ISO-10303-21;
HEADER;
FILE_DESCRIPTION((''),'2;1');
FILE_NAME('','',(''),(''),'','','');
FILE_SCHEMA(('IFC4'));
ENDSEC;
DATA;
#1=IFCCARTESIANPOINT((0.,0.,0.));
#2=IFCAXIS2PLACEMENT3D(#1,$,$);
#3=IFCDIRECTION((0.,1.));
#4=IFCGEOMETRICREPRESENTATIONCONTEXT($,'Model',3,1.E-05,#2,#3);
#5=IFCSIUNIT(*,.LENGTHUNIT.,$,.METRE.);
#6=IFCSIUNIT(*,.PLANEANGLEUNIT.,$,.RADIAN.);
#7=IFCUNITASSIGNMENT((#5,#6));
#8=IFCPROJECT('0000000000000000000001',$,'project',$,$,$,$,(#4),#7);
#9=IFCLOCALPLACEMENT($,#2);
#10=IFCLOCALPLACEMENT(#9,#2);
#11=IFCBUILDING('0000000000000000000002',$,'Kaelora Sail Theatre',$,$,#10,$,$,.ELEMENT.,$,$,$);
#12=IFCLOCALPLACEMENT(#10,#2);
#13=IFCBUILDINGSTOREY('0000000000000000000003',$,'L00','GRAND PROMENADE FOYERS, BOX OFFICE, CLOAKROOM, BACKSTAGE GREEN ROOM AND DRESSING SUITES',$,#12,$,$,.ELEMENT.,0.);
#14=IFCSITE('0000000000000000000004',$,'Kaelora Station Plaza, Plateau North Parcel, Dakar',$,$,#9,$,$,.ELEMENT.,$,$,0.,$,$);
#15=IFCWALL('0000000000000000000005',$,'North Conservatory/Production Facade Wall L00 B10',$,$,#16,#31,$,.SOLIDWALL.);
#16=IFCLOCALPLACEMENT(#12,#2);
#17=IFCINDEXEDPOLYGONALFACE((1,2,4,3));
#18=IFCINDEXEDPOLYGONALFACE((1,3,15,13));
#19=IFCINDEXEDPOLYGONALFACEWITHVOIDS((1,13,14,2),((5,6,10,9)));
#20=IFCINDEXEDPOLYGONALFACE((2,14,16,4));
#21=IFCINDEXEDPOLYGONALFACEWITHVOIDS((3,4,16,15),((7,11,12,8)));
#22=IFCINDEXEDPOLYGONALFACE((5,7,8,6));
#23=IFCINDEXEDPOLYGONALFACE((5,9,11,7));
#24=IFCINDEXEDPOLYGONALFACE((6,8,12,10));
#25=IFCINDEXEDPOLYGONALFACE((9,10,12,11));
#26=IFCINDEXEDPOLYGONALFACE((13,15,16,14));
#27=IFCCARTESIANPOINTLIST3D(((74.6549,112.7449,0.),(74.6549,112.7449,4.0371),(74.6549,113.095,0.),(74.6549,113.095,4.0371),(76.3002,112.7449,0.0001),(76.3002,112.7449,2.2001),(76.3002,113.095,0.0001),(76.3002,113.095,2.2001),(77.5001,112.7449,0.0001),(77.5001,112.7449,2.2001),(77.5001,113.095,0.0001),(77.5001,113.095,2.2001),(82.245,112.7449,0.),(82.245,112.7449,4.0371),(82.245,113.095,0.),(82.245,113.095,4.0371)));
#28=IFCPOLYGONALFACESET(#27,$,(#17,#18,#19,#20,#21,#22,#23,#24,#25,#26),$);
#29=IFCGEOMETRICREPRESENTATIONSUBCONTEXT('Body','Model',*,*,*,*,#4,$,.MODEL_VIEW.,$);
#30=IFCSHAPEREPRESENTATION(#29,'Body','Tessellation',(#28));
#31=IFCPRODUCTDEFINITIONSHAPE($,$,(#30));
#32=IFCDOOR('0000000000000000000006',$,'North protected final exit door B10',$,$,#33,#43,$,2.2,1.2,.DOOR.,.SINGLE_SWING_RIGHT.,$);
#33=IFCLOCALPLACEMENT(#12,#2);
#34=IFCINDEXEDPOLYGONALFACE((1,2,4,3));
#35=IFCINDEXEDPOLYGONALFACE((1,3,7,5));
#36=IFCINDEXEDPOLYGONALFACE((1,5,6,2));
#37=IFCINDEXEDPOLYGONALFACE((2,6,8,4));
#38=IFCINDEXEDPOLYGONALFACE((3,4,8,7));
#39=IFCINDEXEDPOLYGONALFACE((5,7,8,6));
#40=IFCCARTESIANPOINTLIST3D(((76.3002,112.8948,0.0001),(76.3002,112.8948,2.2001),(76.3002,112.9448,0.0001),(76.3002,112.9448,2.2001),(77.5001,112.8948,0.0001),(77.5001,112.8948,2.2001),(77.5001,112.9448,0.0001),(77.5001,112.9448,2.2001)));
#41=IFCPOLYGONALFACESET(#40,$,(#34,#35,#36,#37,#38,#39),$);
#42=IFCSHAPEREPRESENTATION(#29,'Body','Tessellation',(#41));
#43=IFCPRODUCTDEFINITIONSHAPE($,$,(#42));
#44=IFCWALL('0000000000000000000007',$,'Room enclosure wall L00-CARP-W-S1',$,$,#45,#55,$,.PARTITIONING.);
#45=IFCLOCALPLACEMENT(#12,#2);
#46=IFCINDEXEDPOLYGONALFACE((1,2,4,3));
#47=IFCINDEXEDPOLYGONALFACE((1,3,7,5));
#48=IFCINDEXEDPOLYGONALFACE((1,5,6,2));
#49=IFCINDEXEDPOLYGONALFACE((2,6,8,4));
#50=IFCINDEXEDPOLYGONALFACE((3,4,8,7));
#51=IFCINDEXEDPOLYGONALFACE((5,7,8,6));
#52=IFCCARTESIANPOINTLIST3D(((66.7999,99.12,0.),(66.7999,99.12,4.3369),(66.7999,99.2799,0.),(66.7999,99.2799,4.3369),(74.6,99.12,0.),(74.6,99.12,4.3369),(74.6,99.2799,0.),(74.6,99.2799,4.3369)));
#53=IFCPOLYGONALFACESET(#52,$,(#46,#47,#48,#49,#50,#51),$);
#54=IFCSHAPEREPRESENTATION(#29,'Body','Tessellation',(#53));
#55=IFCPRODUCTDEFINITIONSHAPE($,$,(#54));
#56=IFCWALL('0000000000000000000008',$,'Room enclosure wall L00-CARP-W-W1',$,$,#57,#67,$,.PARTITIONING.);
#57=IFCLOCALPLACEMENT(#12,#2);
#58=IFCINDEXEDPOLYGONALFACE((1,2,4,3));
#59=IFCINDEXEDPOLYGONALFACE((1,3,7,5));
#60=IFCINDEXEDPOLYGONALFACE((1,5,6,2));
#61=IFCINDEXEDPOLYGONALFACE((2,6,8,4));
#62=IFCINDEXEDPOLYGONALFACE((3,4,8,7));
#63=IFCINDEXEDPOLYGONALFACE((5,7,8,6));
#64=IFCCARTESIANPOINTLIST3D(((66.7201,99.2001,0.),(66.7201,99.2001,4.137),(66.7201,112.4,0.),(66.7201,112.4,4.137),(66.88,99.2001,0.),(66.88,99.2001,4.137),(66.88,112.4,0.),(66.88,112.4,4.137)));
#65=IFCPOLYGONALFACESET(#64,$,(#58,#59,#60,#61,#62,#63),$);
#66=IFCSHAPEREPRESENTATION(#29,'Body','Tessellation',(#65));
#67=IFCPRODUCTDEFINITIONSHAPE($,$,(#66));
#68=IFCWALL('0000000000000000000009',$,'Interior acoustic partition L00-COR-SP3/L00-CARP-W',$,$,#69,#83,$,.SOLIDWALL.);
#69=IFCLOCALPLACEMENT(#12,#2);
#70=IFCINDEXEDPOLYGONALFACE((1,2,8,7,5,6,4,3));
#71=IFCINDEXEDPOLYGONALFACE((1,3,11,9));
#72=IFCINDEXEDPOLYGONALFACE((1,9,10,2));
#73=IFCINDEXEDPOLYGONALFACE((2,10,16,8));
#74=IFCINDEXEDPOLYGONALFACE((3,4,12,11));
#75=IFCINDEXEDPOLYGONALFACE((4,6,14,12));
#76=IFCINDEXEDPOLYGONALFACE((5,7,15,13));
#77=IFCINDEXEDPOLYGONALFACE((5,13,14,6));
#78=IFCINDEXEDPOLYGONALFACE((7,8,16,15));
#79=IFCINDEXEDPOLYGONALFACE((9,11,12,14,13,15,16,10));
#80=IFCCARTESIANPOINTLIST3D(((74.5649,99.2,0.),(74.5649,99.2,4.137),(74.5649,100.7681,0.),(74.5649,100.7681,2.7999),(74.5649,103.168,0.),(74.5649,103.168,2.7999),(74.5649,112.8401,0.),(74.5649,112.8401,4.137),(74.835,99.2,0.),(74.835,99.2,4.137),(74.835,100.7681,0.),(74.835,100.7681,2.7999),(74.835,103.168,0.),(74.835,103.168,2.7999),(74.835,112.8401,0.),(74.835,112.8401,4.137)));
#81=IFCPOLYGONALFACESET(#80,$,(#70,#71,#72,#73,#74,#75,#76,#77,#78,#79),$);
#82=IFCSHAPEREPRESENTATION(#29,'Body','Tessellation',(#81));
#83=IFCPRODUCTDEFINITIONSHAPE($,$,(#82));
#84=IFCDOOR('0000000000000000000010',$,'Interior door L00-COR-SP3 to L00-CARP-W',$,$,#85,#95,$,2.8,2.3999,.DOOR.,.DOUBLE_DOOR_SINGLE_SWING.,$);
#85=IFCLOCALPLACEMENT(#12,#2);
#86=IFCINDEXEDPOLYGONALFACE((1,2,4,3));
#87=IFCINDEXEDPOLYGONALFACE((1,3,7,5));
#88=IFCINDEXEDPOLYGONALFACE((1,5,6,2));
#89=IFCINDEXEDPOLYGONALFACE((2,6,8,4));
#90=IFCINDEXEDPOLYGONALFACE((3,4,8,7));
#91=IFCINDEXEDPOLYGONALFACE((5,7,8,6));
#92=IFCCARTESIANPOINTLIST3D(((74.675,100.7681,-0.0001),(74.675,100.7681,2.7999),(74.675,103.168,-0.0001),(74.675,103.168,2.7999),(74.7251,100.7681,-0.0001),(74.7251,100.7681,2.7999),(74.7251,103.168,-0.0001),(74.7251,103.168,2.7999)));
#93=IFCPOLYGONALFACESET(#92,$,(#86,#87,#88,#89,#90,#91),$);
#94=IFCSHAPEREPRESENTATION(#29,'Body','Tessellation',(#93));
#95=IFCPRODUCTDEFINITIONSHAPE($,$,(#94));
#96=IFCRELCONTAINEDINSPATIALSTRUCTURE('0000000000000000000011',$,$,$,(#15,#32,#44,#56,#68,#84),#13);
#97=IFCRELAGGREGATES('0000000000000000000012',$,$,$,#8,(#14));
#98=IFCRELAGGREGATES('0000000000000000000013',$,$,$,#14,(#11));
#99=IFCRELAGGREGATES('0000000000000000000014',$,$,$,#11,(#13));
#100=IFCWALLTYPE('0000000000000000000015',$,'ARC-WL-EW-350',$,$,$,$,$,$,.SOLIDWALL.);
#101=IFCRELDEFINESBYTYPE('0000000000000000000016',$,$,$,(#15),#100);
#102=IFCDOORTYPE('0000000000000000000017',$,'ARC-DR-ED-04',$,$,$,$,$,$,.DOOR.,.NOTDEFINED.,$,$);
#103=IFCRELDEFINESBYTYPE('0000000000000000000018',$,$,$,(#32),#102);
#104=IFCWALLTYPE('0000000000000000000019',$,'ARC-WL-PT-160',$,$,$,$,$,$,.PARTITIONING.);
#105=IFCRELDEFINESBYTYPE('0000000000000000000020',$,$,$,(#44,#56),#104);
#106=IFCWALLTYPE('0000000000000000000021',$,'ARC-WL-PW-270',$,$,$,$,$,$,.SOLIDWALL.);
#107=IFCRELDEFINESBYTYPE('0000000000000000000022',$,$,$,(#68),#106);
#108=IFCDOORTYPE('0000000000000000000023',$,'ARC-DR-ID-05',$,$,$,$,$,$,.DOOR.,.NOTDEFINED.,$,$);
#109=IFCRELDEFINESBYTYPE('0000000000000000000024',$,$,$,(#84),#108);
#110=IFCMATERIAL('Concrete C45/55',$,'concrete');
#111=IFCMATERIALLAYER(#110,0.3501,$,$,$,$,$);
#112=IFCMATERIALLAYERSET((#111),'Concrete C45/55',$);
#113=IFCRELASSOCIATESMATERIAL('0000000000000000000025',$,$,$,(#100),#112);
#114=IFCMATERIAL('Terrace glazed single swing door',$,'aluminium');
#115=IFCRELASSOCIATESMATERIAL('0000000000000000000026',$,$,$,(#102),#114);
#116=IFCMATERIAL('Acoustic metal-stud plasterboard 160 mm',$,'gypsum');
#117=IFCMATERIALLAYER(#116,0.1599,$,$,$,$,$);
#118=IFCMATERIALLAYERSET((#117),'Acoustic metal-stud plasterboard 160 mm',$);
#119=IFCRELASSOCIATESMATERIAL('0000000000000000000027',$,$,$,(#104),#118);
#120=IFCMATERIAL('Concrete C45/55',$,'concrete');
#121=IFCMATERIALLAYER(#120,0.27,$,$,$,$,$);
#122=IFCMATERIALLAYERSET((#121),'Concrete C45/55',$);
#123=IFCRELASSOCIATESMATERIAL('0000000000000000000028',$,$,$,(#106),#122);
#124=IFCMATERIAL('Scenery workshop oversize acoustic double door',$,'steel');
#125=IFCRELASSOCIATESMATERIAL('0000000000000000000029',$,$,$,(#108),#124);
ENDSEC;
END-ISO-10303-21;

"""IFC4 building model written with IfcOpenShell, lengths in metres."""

from ifc_helpers import new_model, si_unit, direction, frame, frame_2d, origin, place, context, subcontext, project, spatial, rectangle, extrude, material, layer, layer_set, type_object, element, fill, save


model = new_model("IFC4")

# Units and contexts
model_context = context("Model", 3, precision=1e-05, world=origin(), true_north=direction((0.0, 1.0)))
body_context = subcontext(model_context, "Body", "Model", "MODEL_VIEW")
ifc_project = project(units=[si_unit("LENGTHUNIT", "METRE"), si_unit("PLANEANGLEUNIT", "RADIAN")], contexts=[model_context])

# Site, building, storey
site_placement = place(None, origin())
site = spatial("IfcSite", under=ifc_project, at=site_placement, Name="Kaelora Station Plaza, Plateau North Parcel, Dakar", CompositionType="ELEMENT", RefElevation=0.0)
building_placement = place(site_placement, origin())
building = spatial("IfcBuilding", under=site, at=building_placement, Name="Kaelora Sail Theatre", CompositionType="ELEMENT")
storey_placement = place(building_placement, origin())
storey = spatial("IfcBuildingStorey", under=building, at=storey_placement, Name="L00", Description="GRAND PROMENADE FOYERS, BOX OFFICE, CLOAKROOM, BACKSTAGE GREEN ROOM AND DRESSING SUITES", CompositionType="ELEMENT", Elevation=0.0)

# Shared definitions
ifc_material_1 = material(Name="Concrete C45/55", Category="concrete")
ifc_layer_1 = layer(ifc_material_1, 0.3501)
ifc_layer_set_1 = layer_set([ifc_layer_1], Name="Concrete C45/55")
wall_type_1 = type_object("IfcWallType", Name="ARC-WL-EW-350", PredefinedType="SOLIDWALL", material=ifc_layer_set_1)

# Wall, opening, door
wall_1_placement = place(storey_placement, frame((74.655, 112.9199, 0.0), z_axis=(0.0, 0.0, 1.0), x_axis=(1.0, 0.0, 0.0)))
wall_1 = element("IfcWall", 1, at=wall_1_placement, inside=storey, type_object=wall_type_1, Name="North Conservatory/Production Facade Wall L00 B10", PredefinedType="SOLIDWALL", context=body_context, shape_type="SweptSolid", body=[
    extrude(rectangle(XDim=7.5901, YDim=0.3501, at=frame_2d((3.7949, 0.0))), origin(), (0.0, 0.0, 1.0), 4.0371),
])
opening_1_placement = place(wall_1_placement, frame((1.645, 0.0, 0.0)))
opening_1 = element("IfcOpeningElement", 2, at=opening_1_placement, cuts=wall_1, PredefinedType="OPENING", context=body_context, shape_type="SweptSolid", body=[
    extrude(rectangle(XDim=1.2, YDim=2.2, at=frame_2d((0.6001, 1.1001))), frame((0.0, 0.185, 0.0), z_axis=(0.0, -1.0, 0.0), x_axis=(1.0, 0.0, 0.0)), (0.0, 0.0, 1.0), 0.3701),
])
ifc_material_2 = material(Name="Terrace glazed single swing door", Category="aluminium")
door_type_1 = type_object("IfcDoorType", Name="ARC-DR-ED-04", OperationType="NOTDEFINED", PredefinedType="DOOR", material=ifc_material_2)
door_1_placement = place(opening_1_placement, origin())
door_1 = element("IfcDoor", 3, at=door_1_placement, inside=storey, type_object=door_type_1, Name="North protected final exit door B10", OperationType="SINGLE_SWING_RIGHT", OverallHeight=2.2, OverallWidth=1.2, PredefinedType="DOOR", context=body_context, shape_type="SweptSolid", body=[
    extrude(rectangle(XDim=1.2, YDim=2.2, at=frame_2d((0.6001, 1.1001))), frame((0.0, 0.0249, 0.0), z_axis=(0.0, -1.0, 0.0), x_axis=(1.0, 0.0, 0.0)), (0.0, 0.0, 1.0), 0.05),
])
fill(opening_1, door_1)

# Walls
ifc_material_3 = material(Name="Acoustic metal-stud plasterboard 160 mm", Category="gypsum")
ifc_layer_2 = layer(ifc_material_3, 0.1599)
ifc_layer_set_2 = layer_set([ifc_layer_2], Name="Acoustic metal-stud plasterboard 160 mm")
wall_type_2 = type_object("IfcWallType", Name="ARC-WL-PT-160", PredefinedType="PARTITIONING", material=ifc_layer_set_2)
wall_2_placement = place(storey_placement, frame((66.8, 99.2, 0.0), z_axis=(0.0, 0.0, 1.0), x_axis=(1.0, 0.0, 0.0)))
element("IfcWall", 4, at=wall_2_placement, inside=storey, type_object=wall_type_2, Name="Room enclosure wall L00-CARP-W-S1", PredefinedType="PARTITIONING", context=body_context, shape_type="SweptSolid", body=[
    extrude(rectangle(XDim=7.8, YDim=0.1599, at=frame_2d((3.8999, 0.0))), origin(), (0.0, 0.0, 1.0), 4.3369),
])
wall_3_placement = place(storey_placement, frame((66.8, 99.2, 0.0), z_axis=(0.0, 0.0, 1.0), x_axis=(0.0, 1.0, 0.0)))
element("IfcWall", 5, at=wall_3_placement, inside=storey, type_object=wall_type_2, Name="Room enclosure wall L00-CARP-W-W1", PredefinedType="PARTITIONING", context=body_context, shape_type="SweptSolid", body=[
    extrude(rectangle(XDim=13.2, YDim=0.1599, at=frame_2d((6.6001, 0.0))), origin(), (0.0, 0.0, 1.0), 4.137),
])

# Wall, opening, door
ifc_material_4 = material(Name="Concrete C45/55", Category="concrete")
ifc_layer_3 = layer(ifc_material_4, 0.27)
ifc_layer_set_3 = layer_set([ifc_layer_3], Name="Concrete C45/55")
wall_type_3 = type_object("IfcWallType", Name="ARC-WL-PW-270", PredefinedType="SOLIDWALL", material=ifc_layer_set_3)
wall_4_placement = place(storey_placement, frame((74.7, 99.2, 0.0), z_axis=(0.0, 0.0, 1.0), x_axis=(0.0, 1.0, 0.0)))
wall_4 = element("IfcWall", 6, at=wall_4_placement, inside=storey, type_object=wall_type_3, Name="Interior acoustic partition L00-COR-SP3/L00-CARP-W", PredefinedType="SOLIDWALL", context=body_context, shape_type="SweptSolid", body=[
    extrude(rectangle(XDim=13.6401, YDim=0.27, at=frame_2d((6.8201, 0.0))), origin(), (0.0, 0.0, 1.0), 4.137),
])
opening_2_placement = place(wall_4_placement, frame((1.5681, 0.0, 0.0)))
opening_2 = element("IfcOpeningElement", 7, at=opening_2_placement, cuts=wall_4, PredefinedType="OPENING", context=body_context, shape_type="SweptSolid", body=[
    extrude(rectangle(XDim=2.3999, YDim=2.8, at=frame_2d((1.2, 1.3999))), frame((0.0, 0.145, 0.0), z_axis=(0.0, -1.0, 0.0), x_axis=(1.0, 0.0, 0.0)), (0.0, 0.0, 1.0), 0.29),
])
ifc_material_5 = material(Name="Scenery workshop oversize acoustic double door", Category="steel")
door_type_2 = type_object("IfcDoorType", Name="ARC-DR-ID-05", OperationType="NOTDEFINED", PredefinedType="DOOR", material=ifc_material_5)
door_2_placement = place(opening_2_placement, origin())
door_2 = element("IfcDoor", 8, at=door_2_placement, inside=storey, type_object=door_type_2, Name="Interior door L00-COR-SP3 to L00-CARP-W", OperationType="DOUBLE_DOOR_SINGLE_SWING", OverallHeight=2.8, OverallWidth=2.3999, PredefinedType="DOOR", context=body_context, shape_type="SweptSolid", body=[
    extrude(rectangle(XDim=2.3999, YDim=2.8, at=frame_2d((1.2, 1.3999))), frame((0.0, 0.0249, 0.0), z_axis=(0.0, -1.0, 0.0), x_axis=(1.0, 0.0, 0.0)), (0.0, 0.0, 1.0), 0.05),
])
fill(opening_2, door_2)

save(model, "model.ifc")
